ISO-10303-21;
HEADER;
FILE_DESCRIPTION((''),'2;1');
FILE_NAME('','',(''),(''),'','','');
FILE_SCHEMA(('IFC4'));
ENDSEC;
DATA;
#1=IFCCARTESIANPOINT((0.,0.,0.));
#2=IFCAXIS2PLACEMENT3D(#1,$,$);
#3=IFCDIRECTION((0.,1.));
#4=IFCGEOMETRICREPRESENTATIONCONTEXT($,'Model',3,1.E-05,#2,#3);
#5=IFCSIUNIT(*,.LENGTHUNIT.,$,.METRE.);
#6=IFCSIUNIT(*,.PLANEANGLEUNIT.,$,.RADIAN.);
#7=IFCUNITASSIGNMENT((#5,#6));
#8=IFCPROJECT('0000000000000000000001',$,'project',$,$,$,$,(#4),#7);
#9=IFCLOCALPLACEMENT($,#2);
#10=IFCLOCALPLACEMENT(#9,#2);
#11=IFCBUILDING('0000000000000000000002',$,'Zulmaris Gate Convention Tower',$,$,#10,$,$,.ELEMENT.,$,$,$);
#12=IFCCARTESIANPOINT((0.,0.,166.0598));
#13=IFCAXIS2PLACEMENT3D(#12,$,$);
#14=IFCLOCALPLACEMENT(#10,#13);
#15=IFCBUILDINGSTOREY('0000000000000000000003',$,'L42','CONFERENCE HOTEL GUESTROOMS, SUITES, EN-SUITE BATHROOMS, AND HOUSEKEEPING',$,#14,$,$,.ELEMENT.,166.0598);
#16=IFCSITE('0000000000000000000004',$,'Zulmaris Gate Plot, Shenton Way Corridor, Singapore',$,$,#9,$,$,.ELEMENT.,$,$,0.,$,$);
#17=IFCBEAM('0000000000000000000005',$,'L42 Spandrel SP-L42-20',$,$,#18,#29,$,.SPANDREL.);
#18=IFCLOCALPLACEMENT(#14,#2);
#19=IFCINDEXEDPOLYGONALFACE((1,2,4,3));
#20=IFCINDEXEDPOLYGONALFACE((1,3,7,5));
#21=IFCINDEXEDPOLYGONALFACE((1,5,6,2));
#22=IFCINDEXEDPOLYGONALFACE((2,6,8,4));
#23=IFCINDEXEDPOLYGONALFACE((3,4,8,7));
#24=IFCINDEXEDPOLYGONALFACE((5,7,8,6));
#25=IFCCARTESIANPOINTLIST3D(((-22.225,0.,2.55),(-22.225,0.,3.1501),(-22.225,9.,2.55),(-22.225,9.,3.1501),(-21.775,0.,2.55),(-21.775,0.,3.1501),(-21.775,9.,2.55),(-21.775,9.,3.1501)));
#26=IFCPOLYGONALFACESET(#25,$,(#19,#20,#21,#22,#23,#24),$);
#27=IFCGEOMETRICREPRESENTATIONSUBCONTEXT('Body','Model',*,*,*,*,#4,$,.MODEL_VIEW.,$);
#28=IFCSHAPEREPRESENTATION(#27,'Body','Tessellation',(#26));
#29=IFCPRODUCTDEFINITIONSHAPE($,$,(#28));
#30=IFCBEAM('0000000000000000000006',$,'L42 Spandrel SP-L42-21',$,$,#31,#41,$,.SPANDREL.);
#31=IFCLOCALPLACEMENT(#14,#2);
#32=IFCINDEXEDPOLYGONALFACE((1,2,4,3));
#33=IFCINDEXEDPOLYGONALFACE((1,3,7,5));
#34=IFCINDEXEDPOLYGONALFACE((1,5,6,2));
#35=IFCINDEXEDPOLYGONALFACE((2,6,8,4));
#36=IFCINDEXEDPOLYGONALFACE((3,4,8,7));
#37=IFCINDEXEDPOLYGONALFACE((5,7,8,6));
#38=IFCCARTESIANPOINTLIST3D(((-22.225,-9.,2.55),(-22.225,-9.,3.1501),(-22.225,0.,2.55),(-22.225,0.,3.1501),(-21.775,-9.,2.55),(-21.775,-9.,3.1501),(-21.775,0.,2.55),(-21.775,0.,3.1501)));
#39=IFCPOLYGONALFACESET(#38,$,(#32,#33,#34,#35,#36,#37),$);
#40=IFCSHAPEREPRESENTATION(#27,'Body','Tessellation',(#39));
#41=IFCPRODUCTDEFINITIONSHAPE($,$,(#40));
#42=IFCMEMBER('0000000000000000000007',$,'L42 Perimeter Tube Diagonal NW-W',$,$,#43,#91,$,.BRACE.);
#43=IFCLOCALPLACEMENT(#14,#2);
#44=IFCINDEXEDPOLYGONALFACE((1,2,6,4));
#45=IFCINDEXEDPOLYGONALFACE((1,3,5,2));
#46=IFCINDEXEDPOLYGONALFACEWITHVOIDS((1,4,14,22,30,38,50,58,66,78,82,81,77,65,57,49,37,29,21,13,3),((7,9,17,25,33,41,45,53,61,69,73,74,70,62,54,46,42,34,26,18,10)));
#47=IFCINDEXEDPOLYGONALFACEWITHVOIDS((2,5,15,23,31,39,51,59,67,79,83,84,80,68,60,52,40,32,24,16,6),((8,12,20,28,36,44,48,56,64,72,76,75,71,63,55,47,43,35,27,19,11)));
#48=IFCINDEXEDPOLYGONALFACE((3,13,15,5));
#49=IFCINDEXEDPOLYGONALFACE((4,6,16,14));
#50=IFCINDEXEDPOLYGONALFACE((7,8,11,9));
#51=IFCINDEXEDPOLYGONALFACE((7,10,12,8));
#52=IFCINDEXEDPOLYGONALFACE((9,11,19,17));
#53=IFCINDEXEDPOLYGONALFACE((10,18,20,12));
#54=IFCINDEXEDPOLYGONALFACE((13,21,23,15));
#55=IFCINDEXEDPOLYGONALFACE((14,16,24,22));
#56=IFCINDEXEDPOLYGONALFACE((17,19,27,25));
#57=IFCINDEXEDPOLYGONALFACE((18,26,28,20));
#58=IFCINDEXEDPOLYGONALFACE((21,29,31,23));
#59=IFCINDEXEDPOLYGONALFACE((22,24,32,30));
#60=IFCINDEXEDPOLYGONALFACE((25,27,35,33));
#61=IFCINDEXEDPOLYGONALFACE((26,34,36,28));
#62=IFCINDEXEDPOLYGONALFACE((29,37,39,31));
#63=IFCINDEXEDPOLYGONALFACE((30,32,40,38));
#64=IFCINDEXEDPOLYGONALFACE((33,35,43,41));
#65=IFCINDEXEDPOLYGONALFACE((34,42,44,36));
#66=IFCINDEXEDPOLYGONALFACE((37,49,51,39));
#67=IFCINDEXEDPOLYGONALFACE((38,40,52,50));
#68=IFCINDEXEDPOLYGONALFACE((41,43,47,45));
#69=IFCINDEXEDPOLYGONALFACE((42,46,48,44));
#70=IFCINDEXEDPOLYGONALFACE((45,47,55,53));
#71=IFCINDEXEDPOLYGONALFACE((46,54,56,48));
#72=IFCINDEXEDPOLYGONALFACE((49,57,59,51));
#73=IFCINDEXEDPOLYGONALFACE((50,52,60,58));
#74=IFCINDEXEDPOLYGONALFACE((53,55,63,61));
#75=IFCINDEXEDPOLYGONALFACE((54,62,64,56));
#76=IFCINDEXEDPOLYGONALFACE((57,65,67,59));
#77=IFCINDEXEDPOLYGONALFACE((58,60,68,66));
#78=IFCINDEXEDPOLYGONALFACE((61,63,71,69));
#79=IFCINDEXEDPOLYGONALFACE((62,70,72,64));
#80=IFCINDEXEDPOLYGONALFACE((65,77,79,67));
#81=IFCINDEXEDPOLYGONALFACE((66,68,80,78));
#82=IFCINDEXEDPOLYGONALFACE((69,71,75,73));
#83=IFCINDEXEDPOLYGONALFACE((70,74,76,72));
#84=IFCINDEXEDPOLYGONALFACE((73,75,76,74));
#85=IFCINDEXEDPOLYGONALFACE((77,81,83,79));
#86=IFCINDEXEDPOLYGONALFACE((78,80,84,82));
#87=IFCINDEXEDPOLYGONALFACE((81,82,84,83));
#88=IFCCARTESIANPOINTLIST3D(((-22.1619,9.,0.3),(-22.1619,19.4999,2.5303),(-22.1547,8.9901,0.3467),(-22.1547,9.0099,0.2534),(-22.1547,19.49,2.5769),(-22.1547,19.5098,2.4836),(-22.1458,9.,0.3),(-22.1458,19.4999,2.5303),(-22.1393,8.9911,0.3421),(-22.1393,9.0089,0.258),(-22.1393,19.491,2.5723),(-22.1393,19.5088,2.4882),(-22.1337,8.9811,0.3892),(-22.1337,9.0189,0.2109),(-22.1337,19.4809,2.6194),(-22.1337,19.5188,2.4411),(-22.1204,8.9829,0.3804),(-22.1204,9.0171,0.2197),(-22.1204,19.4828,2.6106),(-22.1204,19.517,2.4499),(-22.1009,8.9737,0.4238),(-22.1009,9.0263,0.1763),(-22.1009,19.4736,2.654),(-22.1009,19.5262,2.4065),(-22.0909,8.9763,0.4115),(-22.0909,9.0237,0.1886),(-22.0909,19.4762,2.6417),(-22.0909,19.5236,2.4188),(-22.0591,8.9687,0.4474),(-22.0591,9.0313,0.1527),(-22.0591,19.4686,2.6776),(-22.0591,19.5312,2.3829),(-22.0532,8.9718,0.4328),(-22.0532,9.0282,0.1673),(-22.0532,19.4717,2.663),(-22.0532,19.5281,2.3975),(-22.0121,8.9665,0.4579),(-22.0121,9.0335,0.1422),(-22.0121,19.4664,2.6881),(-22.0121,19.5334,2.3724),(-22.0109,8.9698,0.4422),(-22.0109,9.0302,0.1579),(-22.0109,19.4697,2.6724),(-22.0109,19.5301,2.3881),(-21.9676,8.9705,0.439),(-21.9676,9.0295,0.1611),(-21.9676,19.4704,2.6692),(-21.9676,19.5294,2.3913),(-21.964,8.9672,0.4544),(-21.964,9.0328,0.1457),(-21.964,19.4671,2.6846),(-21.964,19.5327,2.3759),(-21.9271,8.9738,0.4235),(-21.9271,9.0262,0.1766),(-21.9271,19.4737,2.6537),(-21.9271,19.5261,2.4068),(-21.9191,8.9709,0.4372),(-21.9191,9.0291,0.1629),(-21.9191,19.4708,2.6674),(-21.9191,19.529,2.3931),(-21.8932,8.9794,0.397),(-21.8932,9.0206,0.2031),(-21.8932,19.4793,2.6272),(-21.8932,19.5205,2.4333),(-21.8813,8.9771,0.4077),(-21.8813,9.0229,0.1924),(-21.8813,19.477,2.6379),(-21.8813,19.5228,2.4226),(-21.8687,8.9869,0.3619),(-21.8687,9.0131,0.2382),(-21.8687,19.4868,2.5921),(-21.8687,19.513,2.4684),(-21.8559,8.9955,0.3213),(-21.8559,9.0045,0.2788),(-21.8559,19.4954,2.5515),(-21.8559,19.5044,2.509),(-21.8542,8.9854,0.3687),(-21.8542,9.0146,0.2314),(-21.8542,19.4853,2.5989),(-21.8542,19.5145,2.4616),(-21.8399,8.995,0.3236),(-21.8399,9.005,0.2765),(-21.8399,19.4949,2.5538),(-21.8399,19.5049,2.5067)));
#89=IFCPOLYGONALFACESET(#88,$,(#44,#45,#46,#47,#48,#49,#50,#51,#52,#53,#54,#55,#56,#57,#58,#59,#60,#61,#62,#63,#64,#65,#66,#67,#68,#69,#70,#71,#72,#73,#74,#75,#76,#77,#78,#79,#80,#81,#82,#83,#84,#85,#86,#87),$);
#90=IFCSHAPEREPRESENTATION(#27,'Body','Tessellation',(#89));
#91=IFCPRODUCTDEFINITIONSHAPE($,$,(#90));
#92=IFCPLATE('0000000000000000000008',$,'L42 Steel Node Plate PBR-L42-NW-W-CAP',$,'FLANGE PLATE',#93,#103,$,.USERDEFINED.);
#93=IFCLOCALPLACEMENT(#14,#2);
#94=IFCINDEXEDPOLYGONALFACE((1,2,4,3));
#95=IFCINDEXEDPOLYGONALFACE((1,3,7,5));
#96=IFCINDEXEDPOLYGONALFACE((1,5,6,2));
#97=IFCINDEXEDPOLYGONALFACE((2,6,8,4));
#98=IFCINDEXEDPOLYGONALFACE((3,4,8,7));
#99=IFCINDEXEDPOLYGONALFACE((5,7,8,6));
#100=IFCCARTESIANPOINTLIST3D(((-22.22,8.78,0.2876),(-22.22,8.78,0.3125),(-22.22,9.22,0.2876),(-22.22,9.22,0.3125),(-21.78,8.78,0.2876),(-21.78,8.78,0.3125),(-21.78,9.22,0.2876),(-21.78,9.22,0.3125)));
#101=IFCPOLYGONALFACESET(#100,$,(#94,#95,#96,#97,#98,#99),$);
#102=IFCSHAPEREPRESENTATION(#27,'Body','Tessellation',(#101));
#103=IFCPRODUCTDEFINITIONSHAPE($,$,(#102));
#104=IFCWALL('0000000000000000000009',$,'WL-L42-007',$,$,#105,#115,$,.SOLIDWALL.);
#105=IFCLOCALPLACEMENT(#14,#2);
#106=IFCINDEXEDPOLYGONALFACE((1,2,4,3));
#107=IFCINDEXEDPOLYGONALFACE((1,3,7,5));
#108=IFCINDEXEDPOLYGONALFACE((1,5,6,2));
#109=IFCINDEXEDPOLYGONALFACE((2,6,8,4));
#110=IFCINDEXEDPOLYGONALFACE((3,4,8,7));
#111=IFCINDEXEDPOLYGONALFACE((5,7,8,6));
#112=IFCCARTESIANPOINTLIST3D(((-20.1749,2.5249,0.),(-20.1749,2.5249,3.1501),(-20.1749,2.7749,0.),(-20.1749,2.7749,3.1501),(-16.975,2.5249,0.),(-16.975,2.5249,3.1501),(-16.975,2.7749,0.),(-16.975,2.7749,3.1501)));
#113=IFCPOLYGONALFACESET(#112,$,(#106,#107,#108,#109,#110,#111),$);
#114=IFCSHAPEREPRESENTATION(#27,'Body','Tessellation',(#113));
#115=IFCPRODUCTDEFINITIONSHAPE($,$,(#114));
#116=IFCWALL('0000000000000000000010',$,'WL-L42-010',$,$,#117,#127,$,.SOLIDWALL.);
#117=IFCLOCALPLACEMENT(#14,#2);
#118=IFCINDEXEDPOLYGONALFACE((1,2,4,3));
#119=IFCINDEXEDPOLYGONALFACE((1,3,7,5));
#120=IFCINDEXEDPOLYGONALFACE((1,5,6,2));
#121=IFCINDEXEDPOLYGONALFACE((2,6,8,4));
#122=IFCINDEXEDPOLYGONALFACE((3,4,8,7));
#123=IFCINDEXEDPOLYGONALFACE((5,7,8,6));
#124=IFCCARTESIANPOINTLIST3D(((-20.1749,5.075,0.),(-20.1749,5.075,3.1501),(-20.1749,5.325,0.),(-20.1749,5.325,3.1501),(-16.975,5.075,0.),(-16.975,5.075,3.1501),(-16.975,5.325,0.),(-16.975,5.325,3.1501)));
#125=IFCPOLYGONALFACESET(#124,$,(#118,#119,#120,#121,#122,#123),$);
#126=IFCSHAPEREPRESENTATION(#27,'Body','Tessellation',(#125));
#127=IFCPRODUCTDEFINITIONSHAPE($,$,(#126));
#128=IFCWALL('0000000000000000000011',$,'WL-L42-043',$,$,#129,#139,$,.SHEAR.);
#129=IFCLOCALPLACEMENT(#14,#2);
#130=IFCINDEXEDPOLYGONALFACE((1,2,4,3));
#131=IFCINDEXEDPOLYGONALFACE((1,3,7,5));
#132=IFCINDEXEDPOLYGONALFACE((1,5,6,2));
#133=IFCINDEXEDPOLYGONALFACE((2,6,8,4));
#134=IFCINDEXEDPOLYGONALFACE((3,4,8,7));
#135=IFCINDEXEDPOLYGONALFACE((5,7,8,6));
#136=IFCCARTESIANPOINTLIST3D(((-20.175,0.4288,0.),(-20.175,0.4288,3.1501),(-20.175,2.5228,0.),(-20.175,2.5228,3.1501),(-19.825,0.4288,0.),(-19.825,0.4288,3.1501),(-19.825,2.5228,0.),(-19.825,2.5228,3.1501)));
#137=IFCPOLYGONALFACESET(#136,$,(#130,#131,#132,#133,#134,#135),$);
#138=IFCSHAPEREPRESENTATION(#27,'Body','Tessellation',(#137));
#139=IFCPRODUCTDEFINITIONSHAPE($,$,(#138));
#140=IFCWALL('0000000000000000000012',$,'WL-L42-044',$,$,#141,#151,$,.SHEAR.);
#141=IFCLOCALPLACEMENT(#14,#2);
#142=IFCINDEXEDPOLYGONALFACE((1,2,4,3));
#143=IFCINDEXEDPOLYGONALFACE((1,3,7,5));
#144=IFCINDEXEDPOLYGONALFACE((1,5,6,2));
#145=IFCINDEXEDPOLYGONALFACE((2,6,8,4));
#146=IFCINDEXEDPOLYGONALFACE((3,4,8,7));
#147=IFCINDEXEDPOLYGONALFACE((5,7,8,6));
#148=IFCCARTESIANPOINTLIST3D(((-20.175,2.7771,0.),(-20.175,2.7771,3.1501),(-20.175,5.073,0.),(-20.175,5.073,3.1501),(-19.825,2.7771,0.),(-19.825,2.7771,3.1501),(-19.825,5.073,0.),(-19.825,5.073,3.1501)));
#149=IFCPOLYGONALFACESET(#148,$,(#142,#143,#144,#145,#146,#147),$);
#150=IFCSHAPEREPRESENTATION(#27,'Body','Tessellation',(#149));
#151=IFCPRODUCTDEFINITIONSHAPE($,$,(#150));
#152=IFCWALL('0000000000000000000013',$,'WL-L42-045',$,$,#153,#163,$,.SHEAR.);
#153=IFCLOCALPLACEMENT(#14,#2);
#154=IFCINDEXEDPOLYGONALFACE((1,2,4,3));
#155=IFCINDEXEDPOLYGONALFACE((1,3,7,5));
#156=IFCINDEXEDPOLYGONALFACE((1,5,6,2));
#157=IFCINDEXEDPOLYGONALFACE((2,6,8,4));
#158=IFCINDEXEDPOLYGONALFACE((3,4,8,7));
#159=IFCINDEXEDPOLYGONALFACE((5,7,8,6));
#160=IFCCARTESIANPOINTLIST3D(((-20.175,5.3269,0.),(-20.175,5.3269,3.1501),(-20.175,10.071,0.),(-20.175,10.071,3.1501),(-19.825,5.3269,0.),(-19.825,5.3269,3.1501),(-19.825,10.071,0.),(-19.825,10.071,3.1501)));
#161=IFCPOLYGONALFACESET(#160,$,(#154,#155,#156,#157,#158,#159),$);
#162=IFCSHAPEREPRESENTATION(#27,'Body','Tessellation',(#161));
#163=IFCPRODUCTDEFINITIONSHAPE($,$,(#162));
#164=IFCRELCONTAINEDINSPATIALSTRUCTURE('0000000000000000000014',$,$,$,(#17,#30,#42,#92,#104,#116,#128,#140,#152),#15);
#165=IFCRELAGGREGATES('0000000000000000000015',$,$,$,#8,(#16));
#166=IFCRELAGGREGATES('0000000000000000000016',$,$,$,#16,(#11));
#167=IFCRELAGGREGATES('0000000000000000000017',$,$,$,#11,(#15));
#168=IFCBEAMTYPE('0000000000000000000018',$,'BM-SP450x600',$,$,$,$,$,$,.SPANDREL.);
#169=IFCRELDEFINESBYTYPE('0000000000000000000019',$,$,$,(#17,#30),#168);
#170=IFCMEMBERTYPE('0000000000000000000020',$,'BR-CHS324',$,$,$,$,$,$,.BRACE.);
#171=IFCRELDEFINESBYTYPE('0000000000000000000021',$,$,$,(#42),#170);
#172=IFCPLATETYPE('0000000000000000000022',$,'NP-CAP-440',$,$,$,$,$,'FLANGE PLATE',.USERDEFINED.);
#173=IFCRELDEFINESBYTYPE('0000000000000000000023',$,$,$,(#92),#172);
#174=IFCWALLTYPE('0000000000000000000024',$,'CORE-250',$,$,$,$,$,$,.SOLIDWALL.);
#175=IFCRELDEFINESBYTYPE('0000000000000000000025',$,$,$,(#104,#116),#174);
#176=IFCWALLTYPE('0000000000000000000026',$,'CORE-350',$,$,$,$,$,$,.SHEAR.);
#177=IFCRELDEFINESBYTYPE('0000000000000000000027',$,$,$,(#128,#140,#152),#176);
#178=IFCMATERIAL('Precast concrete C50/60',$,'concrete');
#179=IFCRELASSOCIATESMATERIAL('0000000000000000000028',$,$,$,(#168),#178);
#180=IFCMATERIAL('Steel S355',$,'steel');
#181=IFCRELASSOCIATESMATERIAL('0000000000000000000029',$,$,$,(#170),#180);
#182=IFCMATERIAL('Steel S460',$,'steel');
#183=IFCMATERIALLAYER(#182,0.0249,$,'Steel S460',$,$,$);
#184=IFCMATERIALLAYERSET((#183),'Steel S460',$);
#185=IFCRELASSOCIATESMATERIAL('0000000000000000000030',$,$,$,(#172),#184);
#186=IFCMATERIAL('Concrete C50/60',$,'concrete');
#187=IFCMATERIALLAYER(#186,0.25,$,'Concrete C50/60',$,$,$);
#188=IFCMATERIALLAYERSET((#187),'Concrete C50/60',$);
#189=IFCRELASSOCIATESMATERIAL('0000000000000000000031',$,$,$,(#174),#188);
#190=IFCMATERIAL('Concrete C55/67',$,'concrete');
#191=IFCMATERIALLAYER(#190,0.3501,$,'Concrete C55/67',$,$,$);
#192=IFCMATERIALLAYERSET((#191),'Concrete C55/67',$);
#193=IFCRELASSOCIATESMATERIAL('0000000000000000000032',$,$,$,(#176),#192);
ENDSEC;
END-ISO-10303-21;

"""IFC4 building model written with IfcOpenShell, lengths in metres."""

from ifc_helpers import new_model, si_unit, direction, frame, frame_2d, origin, origin_2d, place, context, subcontext, project, spatial, rectangle, hollow_circle, extrude, material, layer, layer_set, material_profile, profile_set, type_object, element, save


model = new_model("IFC4")

# Units and contexts
model_context = context("Model", 3, precision=1e-05, world=origin(), true_north=direction((0.0, 1.0)))
body_context = subcontext(model_context, "Body", "Model", "MODEL_VIEW")
ifc_project = project(units=[si_unit("LENGTHUNIT", "METRE"), si_unit("PLANEANGLEUNIT", "RADIAN")], contexts=[model_context])

# Site, building, storey
site_placement = place(None, origin())
site = spatial("IfcSite", under=ifc_project, at=site_placement, Name="Zulmaris Gate Plot, Shenton Way Corridor, Singapore", CompositionType="ELEMENT", RefElevation=0.0)
building_placement = place(site_placement, origin())
building = spatial("IfcBuilding", under=site, at=building_placement, Name="Zulmaris Gate Convention Tower", CompositionType="ELEMENT")
storey_placement = place(building_placement, frame((0.0, 0.0, 166.0598)))
storey = spatial("IfcBuildingStorey", under=building, at=storey_placement, Name="L42", Description="CONFERENCE HOTEL GUESTROOMS, SUITES, EN-SUITE BATHROOMS, AND HOUSEKEEPING", CompositionType="ELEMENT", Elevation=166.0598)

# Beams
ifc_material_1 = material(Name="Steel S355", Category="steel")
ifc_material_2 = material(Name="Concrete C50/60", Category="concrete")
ifc_material_3 = material(Name="Precast concrete C50/60", Category="concrete")
ifc_material_profile_1 = material_profile(ifc_material_3, rectangle(XDim=0.45, YDim=0.6001, at=origin_2d()), Name="RC SPANDREL 450x600")
ifc_profile_set_1 = profile_set([ifc_material_profile_1], Name="Precast concrete C50/60")
beam_type_1 = type_object("IfcBeamType", Name="BM-SP450x600", PredefinedType="SPANDREL", material=ifc_profile_set_1)
for number, where, z_axis, x_axis, name in (
    (1, (-22.0, 9.0, 2.8501), (0.0, -1.0, 0.0), (1.0, 0.0, 0.0), "L42 Spandrel SP-L42-20"),
    (2, (-22.0, 0.0, 2.8501), (0.0, -1.0, 0.0), (1.0, 0.0, 0.0), "L42 Spandrel SP-L42-21"),
):
    element("IfcBeam", number, at=place(storey_placement, frame(where, z_axis=z_axis, x_axis=x_axis)), inside=storey, type_object=beam_type_1, Name=name, PredefinedType="SPANDREL", context=body_context, shape_type="SweptSolid", body=[
        extrude(rectangle(XDim=0.45, YDim=0.6001, at=origin_2d()), origin(), (0.0, 0.0, 1.0), 9.0),
    ])

# Member
ifc_material_profile_2 = material_profile(ifc_material_1, hollow_circle(Radius=0.1619, WallThickness=0.0161, at=origin_2d()), Name="CHS 323.9x16")
ifc_profile_set_2 = profile_set([ifc_material_profile_2], Name="Steel S355")
member_type = type_object("IfcMemberType", Name="BR-CHS324", PredefinedType="BRACE", material=ifc_profile_set_2)
member_placement = place(storey_placement, frame((-22.0, 9.0, 0.3), z_axis=(0.0, 0.978178, 0.207767), x_axis=(-1.0, 0.0, 0.0)))
element("IfcMember", 3, at=member_placement, inside=storey, type_object=member_type, Name="L42 Perimeter Tube Diagonal NW-W", PredefinedType="BRACE", context=body_context, shape_type="SweptSolid", body=[
    extrude(hollow_circle(Radius=0.1619, WallThickness=0.0161, at=origin_2d()), origin(), (0.0, 0.0, 1.0), 10.7341),
])

# Plate
ifc_material_4 = material(Name="Steel S460", Category="steel")
ifc_layer_1 = layer(ifc_material_4, 0.0249, Name="Steel S460")
ifc_layer_set_1 = layer_set([ifc_layer_1], Name="Steel S460")
plate_type = type_object("IfcPlateType", Name="NP-CAP-440", ElementType="FLANGE PLATE", PredefinedType="USERDEFINED", material=ifc_layer_set_1)
plate_placement = place(storey_placement, frame((-22.0, 9.0, 0.2876), z_axis=(0.0, 0.0, 1.0), x_axis=(1.0, 0.0, 0.0)))
element("IfcPlate", 4, at=plate_placement, inside=storey, type_object=plate_type, Name="L42 Steel Node Plate PBR-L42-NW-W-CAP", ObjectType="FLANGE PLATE", PredefinedType="USERDEFINED", context=body_context, shape_type="SweptSolid", body=[
    extrude(rectangle(XDim=0.4399, YDim=0.4399, at=origin_2d()), origin(), (0.0, 0.0, 1.0), 0.0249),
])

# Walls
ifc_layer_2 = layer(ifc_material_2, 0.25, Name="Concrete C50/60")
ifc_layer_set_2 = layer_set([ifc_layer_2], Name="Concrete C50/60")
wall_type_1 = type_object("IfcWallType", Name="CORE-250", PredefinedType="SOLIDWALL", material=ifc_layer_set_2)
for number, where, z_axis, x_axis, name in (
    (5, (-20.175, 2.6499, 0.0), (0.0, 0.0, 1.0), (1.0, 0.0, 0.0), "WL-L42-007"),
    (6, (-20.175, 5.2, 0.0), (0.0, 0.0, 1.0), (1.0, 0.0, 0.0), "WL-L42-010"),
):
    element("IfcWall", number, at=place(storey_placement, frame(where, z_axis=z_axis, x_axis=x_axis)), inside=storey, type_object=wall_type_1, Name=name, PredefinedType="SOLIDWALL", context=body_context, shape_type="SweptSolid", body=[
        extrude(rectangle(XDim=3.2, YDim=0.25, at=frame_2d((1.6001, 0.0))), origin(), (0.0, 0.0, 1.0), 3.1501),
    ])
ifc_material_5 = material(Name="Concrete C55/67", Category="concrete")
ifc_layer_3 = layer(ifc_material_5, 0.3501, Name="Concrete C55/67")
ifc_layer_set_3 = layer_set([ifc_layer_3], Name="Concrete C55/67")
wall_type_2 = type_object("IfcWallType", Name="CORE-350", PredefinedType="SHEAR", material=ifc_layer_set_3)
wall_1_placement = place(storey_placement, frame((-20.0, 0.429, 0.0), z_axis=(0.0, 0.0, 1.0), x_axis=(0.0, 1.0, 0.0)))
element("IfcWall", 7, at=wall_1_placement, inside=storey, type_object=wall_type_2, Name="WL-L42-043", PredefinedType="SHEAR", context=body_context, shape_type="SweptSolid", body=[
    extrude(rectangle(XDim=2.094, YDim=0.3501, at=frame_2d((1.0469, 0.0))), origin(), (0.0, 0.0, 1.0), 3.1501),
])
wall_2_placement = place(storey_placement, frame((-20.0, 2.7771, 0.0), z_axis=(0.0, 0.0, 1.0), x_axis=(0.0, 1.0, 0.0)))
element("IfcWall", 8, at=wall_2_placement, inside=storey, type_object=wall_type_2, Name="WL-L42-044", PredefinedType="SHEAR", context=body_context, shape_type="SweptSolid", body=[
    extrude(rectangle(XDim=2.2959, YDim=0.3501, at=frame_2d((1.1479, 0.0))), origin(), (0.0, 0.0, 1.0), 3.1501),
])
wall_3_placement = place(storey_placement, frame((-20.0, 5.3269, 0.0), z_axis=(0.0, 0.0, 1.0), x_axis=(0.0, 1.0, 0.0)))
element("IfcWall", 9, at=wall_3_placement, inside=storey, type_object=wall_type_2, Name="WL-L42-045", PredefinedType="SHEAR", context=body_context, shape_type="SweptSolid", body=[
    extrude(rectangle(XDim=4.7441, YDim=0.3501, at=frame_2d((2.3721, 0.0))), origin(), (0.0, 0.0, 1.0), 3.1501),
])

save(model, "model.ifc")
